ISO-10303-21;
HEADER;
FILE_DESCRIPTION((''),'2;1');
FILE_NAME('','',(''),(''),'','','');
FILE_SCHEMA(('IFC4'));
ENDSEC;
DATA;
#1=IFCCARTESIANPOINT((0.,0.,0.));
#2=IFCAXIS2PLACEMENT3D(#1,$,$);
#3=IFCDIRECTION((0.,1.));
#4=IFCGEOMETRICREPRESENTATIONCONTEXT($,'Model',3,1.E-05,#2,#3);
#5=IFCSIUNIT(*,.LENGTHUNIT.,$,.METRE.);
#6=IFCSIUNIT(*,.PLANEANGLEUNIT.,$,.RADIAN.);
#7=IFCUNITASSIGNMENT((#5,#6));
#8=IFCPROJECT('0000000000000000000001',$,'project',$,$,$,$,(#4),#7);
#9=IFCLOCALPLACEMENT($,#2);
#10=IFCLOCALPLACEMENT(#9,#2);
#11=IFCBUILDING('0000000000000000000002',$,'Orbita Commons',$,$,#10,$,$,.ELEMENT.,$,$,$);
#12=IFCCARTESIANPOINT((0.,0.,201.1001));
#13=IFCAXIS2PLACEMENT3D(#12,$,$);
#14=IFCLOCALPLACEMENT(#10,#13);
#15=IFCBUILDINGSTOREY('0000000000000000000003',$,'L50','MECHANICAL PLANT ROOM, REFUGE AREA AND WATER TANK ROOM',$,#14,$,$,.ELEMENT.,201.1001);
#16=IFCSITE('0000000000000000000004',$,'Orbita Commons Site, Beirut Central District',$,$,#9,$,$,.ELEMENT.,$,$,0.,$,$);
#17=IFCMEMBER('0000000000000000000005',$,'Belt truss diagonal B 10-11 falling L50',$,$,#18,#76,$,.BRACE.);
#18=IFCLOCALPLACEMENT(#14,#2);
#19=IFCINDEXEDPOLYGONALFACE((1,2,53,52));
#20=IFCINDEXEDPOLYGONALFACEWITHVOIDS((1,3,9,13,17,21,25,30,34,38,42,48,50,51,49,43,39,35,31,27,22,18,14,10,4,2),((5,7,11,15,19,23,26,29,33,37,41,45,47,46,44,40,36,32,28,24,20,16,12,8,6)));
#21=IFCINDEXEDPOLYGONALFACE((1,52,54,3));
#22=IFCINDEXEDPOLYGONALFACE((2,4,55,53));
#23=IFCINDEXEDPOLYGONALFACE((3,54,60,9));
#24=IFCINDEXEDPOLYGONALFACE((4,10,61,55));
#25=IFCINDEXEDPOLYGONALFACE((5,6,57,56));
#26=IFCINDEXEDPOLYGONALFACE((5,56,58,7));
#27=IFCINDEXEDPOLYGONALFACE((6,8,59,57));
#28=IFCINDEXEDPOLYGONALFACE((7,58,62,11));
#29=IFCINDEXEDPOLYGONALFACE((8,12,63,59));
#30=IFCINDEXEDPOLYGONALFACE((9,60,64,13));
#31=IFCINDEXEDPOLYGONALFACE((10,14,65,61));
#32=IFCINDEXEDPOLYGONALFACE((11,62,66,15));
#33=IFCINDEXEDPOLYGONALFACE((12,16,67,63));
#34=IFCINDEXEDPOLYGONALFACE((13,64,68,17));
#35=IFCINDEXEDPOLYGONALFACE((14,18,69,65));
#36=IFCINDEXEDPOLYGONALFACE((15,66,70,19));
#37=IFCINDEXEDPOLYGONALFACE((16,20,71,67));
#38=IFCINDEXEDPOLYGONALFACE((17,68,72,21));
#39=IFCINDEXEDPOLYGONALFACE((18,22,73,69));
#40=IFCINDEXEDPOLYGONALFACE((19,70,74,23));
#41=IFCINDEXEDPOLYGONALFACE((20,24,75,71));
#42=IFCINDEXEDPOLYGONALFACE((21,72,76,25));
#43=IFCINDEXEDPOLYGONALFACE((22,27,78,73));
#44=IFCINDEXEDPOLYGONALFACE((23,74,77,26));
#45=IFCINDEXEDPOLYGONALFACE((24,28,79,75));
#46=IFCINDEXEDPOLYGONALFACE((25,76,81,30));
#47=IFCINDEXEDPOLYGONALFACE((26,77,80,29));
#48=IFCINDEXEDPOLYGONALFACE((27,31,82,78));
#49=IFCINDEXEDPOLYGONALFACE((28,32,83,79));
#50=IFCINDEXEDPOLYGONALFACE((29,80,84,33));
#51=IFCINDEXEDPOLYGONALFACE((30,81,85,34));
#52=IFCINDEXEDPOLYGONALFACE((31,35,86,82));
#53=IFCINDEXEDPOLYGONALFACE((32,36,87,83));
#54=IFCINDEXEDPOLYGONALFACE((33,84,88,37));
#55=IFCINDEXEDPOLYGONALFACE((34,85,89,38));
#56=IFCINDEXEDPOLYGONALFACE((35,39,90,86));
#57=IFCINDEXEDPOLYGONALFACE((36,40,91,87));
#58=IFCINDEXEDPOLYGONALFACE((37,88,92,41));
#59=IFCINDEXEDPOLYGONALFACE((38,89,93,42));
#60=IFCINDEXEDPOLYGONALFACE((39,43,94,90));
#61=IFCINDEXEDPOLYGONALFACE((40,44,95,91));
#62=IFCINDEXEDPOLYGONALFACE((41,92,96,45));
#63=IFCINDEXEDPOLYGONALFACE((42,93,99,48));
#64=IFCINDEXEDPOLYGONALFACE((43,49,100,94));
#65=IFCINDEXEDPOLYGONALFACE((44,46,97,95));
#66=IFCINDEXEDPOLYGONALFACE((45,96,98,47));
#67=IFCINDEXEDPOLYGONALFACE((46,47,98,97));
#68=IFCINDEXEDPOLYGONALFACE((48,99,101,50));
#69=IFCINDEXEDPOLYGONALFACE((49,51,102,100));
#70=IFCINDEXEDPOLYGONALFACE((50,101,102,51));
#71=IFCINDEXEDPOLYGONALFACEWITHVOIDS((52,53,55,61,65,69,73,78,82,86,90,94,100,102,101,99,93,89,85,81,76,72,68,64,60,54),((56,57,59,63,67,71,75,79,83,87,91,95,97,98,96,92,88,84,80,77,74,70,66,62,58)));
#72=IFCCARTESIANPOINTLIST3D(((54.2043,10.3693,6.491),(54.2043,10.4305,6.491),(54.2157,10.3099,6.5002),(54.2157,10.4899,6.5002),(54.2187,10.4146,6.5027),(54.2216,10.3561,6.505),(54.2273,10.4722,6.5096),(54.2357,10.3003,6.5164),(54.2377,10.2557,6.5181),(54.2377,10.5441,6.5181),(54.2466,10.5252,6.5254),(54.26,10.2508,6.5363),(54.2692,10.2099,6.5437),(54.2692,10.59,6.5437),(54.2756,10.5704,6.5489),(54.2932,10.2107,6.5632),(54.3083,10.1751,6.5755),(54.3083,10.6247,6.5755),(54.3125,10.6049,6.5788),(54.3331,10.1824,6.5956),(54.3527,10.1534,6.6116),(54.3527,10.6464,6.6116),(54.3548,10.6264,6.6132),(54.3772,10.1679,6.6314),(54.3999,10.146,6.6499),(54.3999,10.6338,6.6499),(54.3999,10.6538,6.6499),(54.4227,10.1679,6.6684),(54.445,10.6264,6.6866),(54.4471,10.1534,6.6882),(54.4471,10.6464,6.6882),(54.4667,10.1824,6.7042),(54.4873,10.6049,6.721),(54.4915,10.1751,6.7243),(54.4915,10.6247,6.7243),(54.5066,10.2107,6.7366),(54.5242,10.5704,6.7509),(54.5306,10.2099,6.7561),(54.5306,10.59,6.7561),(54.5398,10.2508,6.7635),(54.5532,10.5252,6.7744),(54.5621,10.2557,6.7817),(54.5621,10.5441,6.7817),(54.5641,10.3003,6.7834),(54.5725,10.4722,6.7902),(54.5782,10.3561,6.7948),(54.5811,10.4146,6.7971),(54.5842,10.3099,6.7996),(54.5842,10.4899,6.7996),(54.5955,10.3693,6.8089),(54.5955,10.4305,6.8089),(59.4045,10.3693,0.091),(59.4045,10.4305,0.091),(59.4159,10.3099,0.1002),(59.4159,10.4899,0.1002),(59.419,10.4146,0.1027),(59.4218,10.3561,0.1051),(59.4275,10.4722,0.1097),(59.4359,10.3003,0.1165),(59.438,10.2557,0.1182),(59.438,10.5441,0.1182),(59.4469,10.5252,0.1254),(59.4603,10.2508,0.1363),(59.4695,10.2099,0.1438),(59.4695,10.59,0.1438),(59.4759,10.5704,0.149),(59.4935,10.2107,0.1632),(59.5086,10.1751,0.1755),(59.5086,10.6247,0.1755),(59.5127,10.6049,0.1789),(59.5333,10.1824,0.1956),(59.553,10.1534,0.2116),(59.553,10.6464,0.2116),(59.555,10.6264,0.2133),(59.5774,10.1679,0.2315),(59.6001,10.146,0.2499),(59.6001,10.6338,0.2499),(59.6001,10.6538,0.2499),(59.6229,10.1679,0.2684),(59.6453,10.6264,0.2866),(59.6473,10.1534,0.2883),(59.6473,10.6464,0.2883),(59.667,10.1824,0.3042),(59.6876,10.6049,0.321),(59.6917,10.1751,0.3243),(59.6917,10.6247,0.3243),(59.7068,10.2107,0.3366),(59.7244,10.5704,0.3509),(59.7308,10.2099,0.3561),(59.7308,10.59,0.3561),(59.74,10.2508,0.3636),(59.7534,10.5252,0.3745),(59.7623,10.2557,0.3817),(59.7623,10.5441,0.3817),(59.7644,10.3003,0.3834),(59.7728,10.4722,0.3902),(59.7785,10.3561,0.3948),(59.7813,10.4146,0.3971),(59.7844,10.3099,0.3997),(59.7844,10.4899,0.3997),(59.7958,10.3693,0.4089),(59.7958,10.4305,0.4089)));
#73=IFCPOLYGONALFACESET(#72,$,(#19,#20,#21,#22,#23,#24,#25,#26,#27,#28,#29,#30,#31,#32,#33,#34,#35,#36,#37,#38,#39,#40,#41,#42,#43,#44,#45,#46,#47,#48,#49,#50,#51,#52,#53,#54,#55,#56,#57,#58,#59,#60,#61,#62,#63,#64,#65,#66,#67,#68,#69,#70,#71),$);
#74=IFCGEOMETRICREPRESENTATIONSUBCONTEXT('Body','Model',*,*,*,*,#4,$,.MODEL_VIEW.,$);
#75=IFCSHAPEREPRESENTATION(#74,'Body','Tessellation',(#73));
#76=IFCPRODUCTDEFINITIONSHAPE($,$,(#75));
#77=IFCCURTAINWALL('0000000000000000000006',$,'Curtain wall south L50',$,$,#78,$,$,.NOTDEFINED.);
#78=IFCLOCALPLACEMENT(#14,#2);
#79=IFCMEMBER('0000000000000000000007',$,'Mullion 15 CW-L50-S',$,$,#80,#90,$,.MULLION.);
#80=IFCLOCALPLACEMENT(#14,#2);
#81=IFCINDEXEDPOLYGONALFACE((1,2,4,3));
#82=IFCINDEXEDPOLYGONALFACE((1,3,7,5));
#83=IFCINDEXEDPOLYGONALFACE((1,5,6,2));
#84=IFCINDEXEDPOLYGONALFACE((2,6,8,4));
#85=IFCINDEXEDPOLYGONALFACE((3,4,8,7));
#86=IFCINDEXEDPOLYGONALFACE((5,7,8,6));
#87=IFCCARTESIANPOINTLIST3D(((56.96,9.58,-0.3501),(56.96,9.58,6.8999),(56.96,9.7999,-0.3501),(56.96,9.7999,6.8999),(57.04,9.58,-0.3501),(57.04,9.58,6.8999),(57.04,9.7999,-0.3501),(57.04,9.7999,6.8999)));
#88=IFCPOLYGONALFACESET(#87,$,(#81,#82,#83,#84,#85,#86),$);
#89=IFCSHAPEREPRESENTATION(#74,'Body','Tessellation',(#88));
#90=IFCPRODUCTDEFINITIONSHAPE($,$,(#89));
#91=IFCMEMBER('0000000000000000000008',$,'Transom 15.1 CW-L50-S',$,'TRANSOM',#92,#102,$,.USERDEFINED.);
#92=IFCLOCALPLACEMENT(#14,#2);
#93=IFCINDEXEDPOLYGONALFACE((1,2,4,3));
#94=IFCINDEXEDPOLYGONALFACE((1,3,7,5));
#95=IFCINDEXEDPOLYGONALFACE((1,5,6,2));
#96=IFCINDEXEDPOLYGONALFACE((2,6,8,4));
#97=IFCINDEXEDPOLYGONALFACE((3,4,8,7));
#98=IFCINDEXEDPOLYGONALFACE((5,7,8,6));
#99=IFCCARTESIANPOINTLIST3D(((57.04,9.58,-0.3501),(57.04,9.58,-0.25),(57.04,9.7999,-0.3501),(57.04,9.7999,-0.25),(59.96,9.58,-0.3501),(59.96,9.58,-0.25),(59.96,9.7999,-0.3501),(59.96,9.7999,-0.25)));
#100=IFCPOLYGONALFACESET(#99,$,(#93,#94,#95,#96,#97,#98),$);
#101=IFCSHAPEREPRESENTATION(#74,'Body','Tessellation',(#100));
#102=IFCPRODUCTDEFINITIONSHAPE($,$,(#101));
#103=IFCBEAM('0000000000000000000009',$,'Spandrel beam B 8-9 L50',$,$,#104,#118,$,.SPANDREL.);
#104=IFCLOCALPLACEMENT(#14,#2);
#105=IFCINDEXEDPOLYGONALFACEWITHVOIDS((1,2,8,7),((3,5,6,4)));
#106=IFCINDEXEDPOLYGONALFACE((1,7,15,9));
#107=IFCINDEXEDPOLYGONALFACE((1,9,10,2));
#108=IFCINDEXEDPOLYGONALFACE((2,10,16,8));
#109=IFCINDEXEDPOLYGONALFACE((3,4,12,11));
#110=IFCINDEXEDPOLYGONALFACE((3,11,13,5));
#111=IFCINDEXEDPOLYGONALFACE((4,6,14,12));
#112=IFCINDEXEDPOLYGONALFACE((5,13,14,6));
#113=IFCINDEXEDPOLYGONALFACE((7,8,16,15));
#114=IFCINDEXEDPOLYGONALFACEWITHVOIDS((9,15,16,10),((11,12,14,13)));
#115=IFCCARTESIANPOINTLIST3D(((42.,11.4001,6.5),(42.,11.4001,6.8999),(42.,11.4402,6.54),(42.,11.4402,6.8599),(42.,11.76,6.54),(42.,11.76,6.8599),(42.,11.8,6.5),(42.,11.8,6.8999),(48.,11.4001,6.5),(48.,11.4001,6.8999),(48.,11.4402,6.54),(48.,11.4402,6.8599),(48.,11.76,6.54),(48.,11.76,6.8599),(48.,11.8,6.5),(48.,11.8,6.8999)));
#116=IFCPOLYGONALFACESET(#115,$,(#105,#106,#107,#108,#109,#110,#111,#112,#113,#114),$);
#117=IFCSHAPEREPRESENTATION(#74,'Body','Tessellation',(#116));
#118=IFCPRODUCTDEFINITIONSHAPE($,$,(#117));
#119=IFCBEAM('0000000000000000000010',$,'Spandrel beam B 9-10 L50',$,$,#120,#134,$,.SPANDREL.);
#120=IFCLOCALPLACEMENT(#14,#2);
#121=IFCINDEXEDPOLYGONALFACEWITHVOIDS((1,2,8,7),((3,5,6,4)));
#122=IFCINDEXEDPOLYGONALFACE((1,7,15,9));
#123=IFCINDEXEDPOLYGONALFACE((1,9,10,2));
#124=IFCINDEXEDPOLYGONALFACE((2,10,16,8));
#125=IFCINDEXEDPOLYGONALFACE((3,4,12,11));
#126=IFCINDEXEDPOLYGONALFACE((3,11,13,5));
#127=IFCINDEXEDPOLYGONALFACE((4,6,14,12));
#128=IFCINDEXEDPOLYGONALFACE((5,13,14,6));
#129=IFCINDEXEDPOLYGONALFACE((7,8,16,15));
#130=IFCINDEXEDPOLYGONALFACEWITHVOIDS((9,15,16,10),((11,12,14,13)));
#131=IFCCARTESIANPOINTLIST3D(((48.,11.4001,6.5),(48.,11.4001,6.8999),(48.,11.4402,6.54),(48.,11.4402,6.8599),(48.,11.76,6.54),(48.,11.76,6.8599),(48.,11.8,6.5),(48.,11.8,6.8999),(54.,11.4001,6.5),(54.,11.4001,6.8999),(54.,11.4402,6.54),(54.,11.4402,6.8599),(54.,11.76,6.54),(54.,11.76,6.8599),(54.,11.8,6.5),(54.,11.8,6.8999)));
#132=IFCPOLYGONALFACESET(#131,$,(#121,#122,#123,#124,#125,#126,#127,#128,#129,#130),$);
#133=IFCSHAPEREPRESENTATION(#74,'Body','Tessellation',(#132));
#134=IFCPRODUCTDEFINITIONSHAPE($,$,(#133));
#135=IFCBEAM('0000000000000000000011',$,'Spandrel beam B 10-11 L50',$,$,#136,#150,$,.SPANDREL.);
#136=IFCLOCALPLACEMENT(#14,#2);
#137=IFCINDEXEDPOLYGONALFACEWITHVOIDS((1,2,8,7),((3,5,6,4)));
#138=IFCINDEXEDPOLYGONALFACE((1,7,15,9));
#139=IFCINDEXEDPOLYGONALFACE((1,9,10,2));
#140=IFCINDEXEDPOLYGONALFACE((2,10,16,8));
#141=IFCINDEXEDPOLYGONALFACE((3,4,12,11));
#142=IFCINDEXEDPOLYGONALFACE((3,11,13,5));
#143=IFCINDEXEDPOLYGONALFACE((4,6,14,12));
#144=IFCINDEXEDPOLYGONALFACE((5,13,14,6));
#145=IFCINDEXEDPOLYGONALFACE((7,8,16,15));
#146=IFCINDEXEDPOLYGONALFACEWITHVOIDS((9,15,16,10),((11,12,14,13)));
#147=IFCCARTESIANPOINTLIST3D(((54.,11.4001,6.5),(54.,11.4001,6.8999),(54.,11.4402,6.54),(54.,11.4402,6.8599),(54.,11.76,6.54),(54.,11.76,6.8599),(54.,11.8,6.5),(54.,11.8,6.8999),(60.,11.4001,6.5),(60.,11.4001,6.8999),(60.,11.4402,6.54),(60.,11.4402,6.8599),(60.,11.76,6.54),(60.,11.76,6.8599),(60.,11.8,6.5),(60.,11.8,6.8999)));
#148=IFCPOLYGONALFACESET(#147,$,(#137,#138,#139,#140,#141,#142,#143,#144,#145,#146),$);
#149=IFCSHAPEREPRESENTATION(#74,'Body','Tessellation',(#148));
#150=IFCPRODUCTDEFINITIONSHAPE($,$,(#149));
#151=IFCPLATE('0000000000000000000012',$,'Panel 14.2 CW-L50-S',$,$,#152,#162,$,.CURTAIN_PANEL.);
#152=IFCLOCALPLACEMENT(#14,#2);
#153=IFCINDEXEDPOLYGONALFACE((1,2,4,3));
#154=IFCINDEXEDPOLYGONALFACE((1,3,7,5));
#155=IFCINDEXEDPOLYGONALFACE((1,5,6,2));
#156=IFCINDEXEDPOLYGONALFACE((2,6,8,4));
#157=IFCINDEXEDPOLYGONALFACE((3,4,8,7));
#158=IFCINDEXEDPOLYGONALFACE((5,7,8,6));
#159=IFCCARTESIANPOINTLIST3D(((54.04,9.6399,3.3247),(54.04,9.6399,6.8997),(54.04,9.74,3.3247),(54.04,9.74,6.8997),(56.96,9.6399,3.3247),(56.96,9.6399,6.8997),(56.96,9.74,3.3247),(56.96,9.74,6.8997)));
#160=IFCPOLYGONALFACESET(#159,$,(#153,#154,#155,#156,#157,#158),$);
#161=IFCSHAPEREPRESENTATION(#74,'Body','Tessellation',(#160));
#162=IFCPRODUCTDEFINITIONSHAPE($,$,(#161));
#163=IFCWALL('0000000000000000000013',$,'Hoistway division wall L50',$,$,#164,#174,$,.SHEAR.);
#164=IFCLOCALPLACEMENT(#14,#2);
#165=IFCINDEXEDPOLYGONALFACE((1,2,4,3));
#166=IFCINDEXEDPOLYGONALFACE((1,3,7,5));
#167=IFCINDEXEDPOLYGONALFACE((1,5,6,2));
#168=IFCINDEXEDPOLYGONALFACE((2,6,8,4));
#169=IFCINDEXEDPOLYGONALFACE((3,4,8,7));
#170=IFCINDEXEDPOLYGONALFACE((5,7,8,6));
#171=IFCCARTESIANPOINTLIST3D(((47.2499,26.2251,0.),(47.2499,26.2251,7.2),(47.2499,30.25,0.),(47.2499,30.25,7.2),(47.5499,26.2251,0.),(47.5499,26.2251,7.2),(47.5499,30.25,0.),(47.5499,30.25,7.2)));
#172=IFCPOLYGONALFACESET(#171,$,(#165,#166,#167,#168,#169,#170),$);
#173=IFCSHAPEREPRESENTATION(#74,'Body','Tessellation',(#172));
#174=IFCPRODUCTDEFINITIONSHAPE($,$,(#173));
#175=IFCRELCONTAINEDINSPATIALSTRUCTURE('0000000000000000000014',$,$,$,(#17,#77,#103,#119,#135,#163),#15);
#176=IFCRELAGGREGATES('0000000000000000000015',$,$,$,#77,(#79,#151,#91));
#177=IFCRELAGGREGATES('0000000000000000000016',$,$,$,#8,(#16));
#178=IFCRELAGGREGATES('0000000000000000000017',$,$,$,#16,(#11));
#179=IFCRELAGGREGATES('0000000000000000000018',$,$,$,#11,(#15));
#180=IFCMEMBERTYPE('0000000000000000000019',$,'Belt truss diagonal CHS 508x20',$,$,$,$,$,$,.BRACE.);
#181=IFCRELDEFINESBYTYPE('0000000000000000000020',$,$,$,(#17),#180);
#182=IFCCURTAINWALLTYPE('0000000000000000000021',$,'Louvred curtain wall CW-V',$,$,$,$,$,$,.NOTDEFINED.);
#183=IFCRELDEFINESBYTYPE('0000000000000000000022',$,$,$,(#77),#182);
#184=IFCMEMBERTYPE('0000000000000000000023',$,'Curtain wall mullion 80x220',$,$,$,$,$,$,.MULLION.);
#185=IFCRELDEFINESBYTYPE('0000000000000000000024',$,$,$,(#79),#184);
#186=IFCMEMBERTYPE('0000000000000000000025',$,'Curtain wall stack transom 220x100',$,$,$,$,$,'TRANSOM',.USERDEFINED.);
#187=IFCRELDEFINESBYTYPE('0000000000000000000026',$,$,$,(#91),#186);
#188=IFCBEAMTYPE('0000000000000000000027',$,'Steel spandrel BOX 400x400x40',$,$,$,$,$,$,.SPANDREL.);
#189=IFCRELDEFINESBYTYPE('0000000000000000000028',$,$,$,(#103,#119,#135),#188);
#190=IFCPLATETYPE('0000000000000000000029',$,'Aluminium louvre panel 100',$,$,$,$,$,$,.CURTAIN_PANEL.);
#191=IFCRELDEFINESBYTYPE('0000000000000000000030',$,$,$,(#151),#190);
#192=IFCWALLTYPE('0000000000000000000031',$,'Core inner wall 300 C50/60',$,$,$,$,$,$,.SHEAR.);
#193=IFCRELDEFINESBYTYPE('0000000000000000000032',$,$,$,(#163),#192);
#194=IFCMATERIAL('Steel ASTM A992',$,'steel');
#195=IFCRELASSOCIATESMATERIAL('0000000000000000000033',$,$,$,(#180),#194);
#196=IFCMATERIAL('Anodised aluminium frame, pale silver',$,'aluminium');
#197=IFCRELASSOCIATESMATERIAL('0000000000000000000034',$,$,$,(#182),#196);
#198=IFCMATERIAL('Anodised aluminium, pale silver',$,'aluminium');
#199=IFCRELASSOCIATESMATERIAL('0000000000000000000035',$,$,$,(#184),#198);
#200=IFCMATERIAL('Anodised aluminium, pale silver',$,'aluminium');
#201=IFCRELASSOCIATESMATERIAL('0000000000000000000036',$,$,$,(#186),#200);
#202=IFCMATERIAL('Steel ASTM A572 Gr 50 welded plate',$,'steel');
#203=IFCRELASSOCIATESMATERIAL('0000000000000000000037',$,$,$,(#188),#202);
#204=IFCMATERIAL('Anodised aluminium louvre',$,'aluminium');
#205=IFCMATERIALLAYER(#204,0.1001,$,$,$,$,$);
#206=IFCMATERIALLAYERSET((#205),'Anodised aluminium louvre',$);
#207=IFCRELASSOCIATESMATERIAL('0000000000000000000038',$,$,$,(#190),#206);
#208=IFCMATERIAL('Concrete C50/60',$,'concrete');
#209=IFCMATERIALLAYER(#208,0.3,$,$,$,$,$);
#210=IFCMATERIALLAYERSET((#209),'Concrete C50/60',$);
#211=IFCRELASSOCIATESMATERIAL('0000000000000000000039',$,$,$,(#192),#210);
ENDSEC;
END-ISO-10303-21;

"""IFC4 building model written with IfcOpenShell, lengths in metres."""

from ifc_helpers import new_model, si_unit, direction, frame, frame_2d, origin, origin_2d, place, context, subcontext, project, spatial, rectangle, hollow_rectangle, hollow_circle, extrude, material, layer, layer_set, material_profile, profile_set, type_object, element, aggregate, save


model = new_model("IFC4")

# Units and contexts
model_context = context("Model", 3, precision=1e-05, world=origin(), true_north=direction((0.0, 1.0)))
body_context = subcontext(model_context, "Body", "Model", "MODEL_VIEW")
ifc_project = project(units=[si_unit("LENGTHUNIT", "METRE"), si_unit("PLANEANGLEUNIT", "RADIAN")], contexts=[model_context])

# Site, building, storey
site_placement = place(None, origin())
site = spatial("IfcSite", under=ifc_project, at=site_placement, Name="Orbita Commons Site, Beirut Central District", CompositionType="ELEMENT", RefElevation=0.0)
building_placement = place(site_placement, origin())
building = spatial("IfcBuilding", under=site, at=building_placement, Name="Orbita Commons", CompositionType="ELEMENT")
storey_placement = place(building_placement, frame((0.0, 0.0, 201.1001)))
storey = spatial("IfcBuildingStorey", under=building, at=storey_placement, Name="L50", Description="MECHANICAL PLANT ROOM, REFUGE AREA AND WATER TANK ROOM", CompositionType="ELEMENT", Elevation=201.1001)

# Member
ifc_material_1 = material(Name="Steel ASTM A992", Category="steel")
ifc_material_profile_1 = material_profile(ifc_material_1, hollow_circle(Radius=0.2539, WallThickness=0.02, at=origin_2d()), Name="CHS 508x20")
ifc_profile_set_1 = profile_set([ifc_material_profile_1], Name="Steel ASTM A992")
member_type_1 = type_object("IfcMemberType", Name="Belt truss diagonal CHS 508x20", PredefinedType="BRACE", material=ifc_profile_set_1)
for number, where, z_axis, x_axis, name in (
    (1, (54.3999, 10.3999, 6.6499), (0.630613, 0.0, -0.776098), (0.0, 1.0, 0.0), "Belt truss diagonal B 10-11 falling L50"),
):
    element("IfcMember", number, at=place(storey_placement, frame(where, z_axis=z_axis, x_axis=x_axis)), inside=storey, type_object=member_type_1, Name=name, PredefinedType="BRACE", context=body_context, shape_type="SweptSolid", body=[
        extrude(hollow_circle(Radius=0.2539, WallThickness=0.02, at=origin_2d()), origin(), (0.0, 0.0, 1.0), 8.2463),
    ])

# Curtain wall, members
ifc_material_2 = material(Name="Anodised aluminium frame, pale silver", Category="aluminium")
curtain_wall_type = type_object("IfcCurtainWallType", Name="Louvred curtain wall CW-V", PredefinedType="NOTDEFINED", material=ifc_material_2)
curtain_wall_placement = place(storey_placement, origin())
curtain_wall = element("IfcCurtainWall", 2, at=curtain_wall_placement, inside=storey, type_object=curtain_wall_type, Name="Curtain wall south L50", PredefinedType="NOTDEFINED")
ifc_material_3 = material(Name="Anodised aluminium, pale silver", Category="aluminium")
ifc_material_profile_2 = material_profile(ifc_material_3, rectangle(XDim=0.0801, YDim=0.22, at=origin_2d()), Name="AL 80x220")
ifc_profile_set_2 = profile_set([ifc_material_profile_2], Name="Anodised aluminium, pale silver")
member_type_2 = type_object("IfcMemberType", Name="Curtain wall mullion 80x220", PredefinedType="MULLION", material=ifc_profile_set_2)
member_1_placement = place(storey_placement, frame((57.0, 9.6899, -0.3501), z_axis=(0.0, 0.0, 1.0), x_axis=(1.0, 0.0, 0.0)))
member_1 = element("IfcMember", 3, at=member_1_placement, type_object=member_type_2, Name="Mullion 15 CW-L50-S", PredefinedType="MULLION", context=body_context, shape_type="SweptSolid", body=[
    extrude(rectangle(XDim=0.0801, YDim=0.22, at=origin_2d()), origin(), (0.0, 0.0, 1.0), 7.25),
])
ifc_material_4 = material(Name="Anodised aluminium, pale silver", Category="aluminium")
ifc_material_profile_3 = material_profile(ifc_material_4, rectangle(XDim=0.22, YDim=0.1001, at=origin_2d()), Name="AL 220x100")
ifc_profile_set_3 = profile_set([ifc_material_profile_3], Name="Anodised aluminium, pale silver")
member_type_3 = type_object("IfcMemberType", Name="Curtain wall stack transom 220x100", ElementType="TRANSOM", PredefinedType="USERDEFINED", material=ifc_profile_set_3)
member_2_placement = place(storey_placement, frame((57.04, 9.6899, -0.3), z_axis=(1.0, 0.0, 0.0), x_axis=(0.0, 1.0, 0.0)))
member_2 = element("IfcMember", 4, at=member_2_placement, type_object=member_type_3, Name="Transom 15.1 CW-L50-S", ObjectType="TRANSOM", PredefinedType="USERDEFINED", context=body_context, shape_type="SweptSolid", body=[
    extrude(rectangle(XDim=0.22, YDim=0.1001, at=origin_2d()), origin(), (0.0, 0.0, 1.0), 2.9199),
])

# Beams
ifc_material_5 = material(Name="Steel ASTM A572 Gr 50 welded plate", Category="steel")
ifc_material_profile_4 = material_profile(ifc_material_5, hollow_rectangle(XDim=0.3999, YDim=0.3999, WallThickness=0.04, at=origin_2d()), Name="BOX 400x400x40")
ifc_profile_set_4 = profile_set([ifc_material_profile_4], Name="Steel ASTM A572 Gr 50 welded plate")
beam_type = type_object("IfcBeamType", Name="Steel spandrel BOX 400x400x40", PredefinedType="SPANDREL", material=ifc_profile_set_4)
for number, where, z_axis, x_axis, name in (
    (5, (42.0, 11.6001, 6.7), (1.0, 0.0, 0.0), (0.0, 1.0, 0.0), "Spandrel beam B 8-9 L50"),
    (6, (48.0, 11.6001, 6.7), (1.0, 0.0, 0.0), (0.0, 1.0, 0.0), "Spandrel beam B 9-10 L50"),
    (7, (54.0, 11.6001, 6.7), (1.0, 0.0, 0.0), (0.0, 1.0, 0.0), "Spandrel beam B 10-11 L50"),
):
    element("IfcBeam", number, at=place(storey_placement, frame(where, z_axis=z_axis, x_axis=x_axis)), inside=storey, type_object=beam_type, Name=name, PredefinedType="SPANDREL", context=body_context, shape_type="SweptSolid", body=[
        extrude(hollow_rectangle(XDim=0.3999, YDim=0.3999, WallThickness=0.04, at=origin_2d()), origin(), (0.0, 0.0, 1.0), 6.0),
    ])

# Plate
ifc_material_6 = material(Name="Anodised aluminium louvre", Category="aluminium")
ifc_layer_1 = layer(ifc_material_6, 0.1001)
ifc_layer_set_1 = layer_set([ifc_layer_1], Name="Anodised aluminium louvre")
plate_type = type_object("IfcPlateType", Name="Aluminium louvre panel 100", PredefinedType="CURTAIN_PANEL", material=ifc_layer_set_1)
plate_placement = place(storey_placement, frame((55.5, 9.6899, 3.3247), z_axis=(0.0, 0.0, 1.0), x_axis=(1.0, 0.0, 0.0)))
plate = element("IfcPlate", 8, at=plate_placement, type_object=plate_type, Name="Panel 14.2 CW-L50-S", PredefinedType="CURTAIN_PANEL", context=body_context, shape_type="SweptSolid", body=[
    extrude(rectangle(XDim=2.9199, YDim=0.1001, at=origin_2d()), origin(), (0.0, 0.0, 1.0), 3.575),
])
aggregate(curtain_wall, [member_1, plate, member_2])

# Wall
ifc_material_7 = material(Name="Concrete C50/60", Category="concrete")
ifc_layer_2 = layer(ifc_material_7, 0.3)
ifc_layer_set_2 = layer_set([ifc_layer_2], Name="Concrete C50/60")
wall_type_1 = type_object("IfcWallType", Name="Core inner wall 300 C50/60", PredefinedType="SHEAR", material=ifc_layer_set_2)
wall_1_placement = place(storey_placement, frame((47.3999, 26.2251, 0.0), z_axis=(0.0, 0.0, 1.0), x_axis=(0.0, 1.0, 0.0)))
element("IfcWall", 9, at=wall_1_placement, inside=storey, type_object=wall_type_1, Name="Hoistway division wall L50", PredefinedType="SHEAR", context=body_context, shape_type="SweptSolid", body=[
    extrude(rectangle(XDim=4.0249, YDim=0.3, at=frame_2d((2.0125, 0.0))), origin(), (0.0, 0.0, 1.0), 7.2),
])

save(model, "model.ifc")
